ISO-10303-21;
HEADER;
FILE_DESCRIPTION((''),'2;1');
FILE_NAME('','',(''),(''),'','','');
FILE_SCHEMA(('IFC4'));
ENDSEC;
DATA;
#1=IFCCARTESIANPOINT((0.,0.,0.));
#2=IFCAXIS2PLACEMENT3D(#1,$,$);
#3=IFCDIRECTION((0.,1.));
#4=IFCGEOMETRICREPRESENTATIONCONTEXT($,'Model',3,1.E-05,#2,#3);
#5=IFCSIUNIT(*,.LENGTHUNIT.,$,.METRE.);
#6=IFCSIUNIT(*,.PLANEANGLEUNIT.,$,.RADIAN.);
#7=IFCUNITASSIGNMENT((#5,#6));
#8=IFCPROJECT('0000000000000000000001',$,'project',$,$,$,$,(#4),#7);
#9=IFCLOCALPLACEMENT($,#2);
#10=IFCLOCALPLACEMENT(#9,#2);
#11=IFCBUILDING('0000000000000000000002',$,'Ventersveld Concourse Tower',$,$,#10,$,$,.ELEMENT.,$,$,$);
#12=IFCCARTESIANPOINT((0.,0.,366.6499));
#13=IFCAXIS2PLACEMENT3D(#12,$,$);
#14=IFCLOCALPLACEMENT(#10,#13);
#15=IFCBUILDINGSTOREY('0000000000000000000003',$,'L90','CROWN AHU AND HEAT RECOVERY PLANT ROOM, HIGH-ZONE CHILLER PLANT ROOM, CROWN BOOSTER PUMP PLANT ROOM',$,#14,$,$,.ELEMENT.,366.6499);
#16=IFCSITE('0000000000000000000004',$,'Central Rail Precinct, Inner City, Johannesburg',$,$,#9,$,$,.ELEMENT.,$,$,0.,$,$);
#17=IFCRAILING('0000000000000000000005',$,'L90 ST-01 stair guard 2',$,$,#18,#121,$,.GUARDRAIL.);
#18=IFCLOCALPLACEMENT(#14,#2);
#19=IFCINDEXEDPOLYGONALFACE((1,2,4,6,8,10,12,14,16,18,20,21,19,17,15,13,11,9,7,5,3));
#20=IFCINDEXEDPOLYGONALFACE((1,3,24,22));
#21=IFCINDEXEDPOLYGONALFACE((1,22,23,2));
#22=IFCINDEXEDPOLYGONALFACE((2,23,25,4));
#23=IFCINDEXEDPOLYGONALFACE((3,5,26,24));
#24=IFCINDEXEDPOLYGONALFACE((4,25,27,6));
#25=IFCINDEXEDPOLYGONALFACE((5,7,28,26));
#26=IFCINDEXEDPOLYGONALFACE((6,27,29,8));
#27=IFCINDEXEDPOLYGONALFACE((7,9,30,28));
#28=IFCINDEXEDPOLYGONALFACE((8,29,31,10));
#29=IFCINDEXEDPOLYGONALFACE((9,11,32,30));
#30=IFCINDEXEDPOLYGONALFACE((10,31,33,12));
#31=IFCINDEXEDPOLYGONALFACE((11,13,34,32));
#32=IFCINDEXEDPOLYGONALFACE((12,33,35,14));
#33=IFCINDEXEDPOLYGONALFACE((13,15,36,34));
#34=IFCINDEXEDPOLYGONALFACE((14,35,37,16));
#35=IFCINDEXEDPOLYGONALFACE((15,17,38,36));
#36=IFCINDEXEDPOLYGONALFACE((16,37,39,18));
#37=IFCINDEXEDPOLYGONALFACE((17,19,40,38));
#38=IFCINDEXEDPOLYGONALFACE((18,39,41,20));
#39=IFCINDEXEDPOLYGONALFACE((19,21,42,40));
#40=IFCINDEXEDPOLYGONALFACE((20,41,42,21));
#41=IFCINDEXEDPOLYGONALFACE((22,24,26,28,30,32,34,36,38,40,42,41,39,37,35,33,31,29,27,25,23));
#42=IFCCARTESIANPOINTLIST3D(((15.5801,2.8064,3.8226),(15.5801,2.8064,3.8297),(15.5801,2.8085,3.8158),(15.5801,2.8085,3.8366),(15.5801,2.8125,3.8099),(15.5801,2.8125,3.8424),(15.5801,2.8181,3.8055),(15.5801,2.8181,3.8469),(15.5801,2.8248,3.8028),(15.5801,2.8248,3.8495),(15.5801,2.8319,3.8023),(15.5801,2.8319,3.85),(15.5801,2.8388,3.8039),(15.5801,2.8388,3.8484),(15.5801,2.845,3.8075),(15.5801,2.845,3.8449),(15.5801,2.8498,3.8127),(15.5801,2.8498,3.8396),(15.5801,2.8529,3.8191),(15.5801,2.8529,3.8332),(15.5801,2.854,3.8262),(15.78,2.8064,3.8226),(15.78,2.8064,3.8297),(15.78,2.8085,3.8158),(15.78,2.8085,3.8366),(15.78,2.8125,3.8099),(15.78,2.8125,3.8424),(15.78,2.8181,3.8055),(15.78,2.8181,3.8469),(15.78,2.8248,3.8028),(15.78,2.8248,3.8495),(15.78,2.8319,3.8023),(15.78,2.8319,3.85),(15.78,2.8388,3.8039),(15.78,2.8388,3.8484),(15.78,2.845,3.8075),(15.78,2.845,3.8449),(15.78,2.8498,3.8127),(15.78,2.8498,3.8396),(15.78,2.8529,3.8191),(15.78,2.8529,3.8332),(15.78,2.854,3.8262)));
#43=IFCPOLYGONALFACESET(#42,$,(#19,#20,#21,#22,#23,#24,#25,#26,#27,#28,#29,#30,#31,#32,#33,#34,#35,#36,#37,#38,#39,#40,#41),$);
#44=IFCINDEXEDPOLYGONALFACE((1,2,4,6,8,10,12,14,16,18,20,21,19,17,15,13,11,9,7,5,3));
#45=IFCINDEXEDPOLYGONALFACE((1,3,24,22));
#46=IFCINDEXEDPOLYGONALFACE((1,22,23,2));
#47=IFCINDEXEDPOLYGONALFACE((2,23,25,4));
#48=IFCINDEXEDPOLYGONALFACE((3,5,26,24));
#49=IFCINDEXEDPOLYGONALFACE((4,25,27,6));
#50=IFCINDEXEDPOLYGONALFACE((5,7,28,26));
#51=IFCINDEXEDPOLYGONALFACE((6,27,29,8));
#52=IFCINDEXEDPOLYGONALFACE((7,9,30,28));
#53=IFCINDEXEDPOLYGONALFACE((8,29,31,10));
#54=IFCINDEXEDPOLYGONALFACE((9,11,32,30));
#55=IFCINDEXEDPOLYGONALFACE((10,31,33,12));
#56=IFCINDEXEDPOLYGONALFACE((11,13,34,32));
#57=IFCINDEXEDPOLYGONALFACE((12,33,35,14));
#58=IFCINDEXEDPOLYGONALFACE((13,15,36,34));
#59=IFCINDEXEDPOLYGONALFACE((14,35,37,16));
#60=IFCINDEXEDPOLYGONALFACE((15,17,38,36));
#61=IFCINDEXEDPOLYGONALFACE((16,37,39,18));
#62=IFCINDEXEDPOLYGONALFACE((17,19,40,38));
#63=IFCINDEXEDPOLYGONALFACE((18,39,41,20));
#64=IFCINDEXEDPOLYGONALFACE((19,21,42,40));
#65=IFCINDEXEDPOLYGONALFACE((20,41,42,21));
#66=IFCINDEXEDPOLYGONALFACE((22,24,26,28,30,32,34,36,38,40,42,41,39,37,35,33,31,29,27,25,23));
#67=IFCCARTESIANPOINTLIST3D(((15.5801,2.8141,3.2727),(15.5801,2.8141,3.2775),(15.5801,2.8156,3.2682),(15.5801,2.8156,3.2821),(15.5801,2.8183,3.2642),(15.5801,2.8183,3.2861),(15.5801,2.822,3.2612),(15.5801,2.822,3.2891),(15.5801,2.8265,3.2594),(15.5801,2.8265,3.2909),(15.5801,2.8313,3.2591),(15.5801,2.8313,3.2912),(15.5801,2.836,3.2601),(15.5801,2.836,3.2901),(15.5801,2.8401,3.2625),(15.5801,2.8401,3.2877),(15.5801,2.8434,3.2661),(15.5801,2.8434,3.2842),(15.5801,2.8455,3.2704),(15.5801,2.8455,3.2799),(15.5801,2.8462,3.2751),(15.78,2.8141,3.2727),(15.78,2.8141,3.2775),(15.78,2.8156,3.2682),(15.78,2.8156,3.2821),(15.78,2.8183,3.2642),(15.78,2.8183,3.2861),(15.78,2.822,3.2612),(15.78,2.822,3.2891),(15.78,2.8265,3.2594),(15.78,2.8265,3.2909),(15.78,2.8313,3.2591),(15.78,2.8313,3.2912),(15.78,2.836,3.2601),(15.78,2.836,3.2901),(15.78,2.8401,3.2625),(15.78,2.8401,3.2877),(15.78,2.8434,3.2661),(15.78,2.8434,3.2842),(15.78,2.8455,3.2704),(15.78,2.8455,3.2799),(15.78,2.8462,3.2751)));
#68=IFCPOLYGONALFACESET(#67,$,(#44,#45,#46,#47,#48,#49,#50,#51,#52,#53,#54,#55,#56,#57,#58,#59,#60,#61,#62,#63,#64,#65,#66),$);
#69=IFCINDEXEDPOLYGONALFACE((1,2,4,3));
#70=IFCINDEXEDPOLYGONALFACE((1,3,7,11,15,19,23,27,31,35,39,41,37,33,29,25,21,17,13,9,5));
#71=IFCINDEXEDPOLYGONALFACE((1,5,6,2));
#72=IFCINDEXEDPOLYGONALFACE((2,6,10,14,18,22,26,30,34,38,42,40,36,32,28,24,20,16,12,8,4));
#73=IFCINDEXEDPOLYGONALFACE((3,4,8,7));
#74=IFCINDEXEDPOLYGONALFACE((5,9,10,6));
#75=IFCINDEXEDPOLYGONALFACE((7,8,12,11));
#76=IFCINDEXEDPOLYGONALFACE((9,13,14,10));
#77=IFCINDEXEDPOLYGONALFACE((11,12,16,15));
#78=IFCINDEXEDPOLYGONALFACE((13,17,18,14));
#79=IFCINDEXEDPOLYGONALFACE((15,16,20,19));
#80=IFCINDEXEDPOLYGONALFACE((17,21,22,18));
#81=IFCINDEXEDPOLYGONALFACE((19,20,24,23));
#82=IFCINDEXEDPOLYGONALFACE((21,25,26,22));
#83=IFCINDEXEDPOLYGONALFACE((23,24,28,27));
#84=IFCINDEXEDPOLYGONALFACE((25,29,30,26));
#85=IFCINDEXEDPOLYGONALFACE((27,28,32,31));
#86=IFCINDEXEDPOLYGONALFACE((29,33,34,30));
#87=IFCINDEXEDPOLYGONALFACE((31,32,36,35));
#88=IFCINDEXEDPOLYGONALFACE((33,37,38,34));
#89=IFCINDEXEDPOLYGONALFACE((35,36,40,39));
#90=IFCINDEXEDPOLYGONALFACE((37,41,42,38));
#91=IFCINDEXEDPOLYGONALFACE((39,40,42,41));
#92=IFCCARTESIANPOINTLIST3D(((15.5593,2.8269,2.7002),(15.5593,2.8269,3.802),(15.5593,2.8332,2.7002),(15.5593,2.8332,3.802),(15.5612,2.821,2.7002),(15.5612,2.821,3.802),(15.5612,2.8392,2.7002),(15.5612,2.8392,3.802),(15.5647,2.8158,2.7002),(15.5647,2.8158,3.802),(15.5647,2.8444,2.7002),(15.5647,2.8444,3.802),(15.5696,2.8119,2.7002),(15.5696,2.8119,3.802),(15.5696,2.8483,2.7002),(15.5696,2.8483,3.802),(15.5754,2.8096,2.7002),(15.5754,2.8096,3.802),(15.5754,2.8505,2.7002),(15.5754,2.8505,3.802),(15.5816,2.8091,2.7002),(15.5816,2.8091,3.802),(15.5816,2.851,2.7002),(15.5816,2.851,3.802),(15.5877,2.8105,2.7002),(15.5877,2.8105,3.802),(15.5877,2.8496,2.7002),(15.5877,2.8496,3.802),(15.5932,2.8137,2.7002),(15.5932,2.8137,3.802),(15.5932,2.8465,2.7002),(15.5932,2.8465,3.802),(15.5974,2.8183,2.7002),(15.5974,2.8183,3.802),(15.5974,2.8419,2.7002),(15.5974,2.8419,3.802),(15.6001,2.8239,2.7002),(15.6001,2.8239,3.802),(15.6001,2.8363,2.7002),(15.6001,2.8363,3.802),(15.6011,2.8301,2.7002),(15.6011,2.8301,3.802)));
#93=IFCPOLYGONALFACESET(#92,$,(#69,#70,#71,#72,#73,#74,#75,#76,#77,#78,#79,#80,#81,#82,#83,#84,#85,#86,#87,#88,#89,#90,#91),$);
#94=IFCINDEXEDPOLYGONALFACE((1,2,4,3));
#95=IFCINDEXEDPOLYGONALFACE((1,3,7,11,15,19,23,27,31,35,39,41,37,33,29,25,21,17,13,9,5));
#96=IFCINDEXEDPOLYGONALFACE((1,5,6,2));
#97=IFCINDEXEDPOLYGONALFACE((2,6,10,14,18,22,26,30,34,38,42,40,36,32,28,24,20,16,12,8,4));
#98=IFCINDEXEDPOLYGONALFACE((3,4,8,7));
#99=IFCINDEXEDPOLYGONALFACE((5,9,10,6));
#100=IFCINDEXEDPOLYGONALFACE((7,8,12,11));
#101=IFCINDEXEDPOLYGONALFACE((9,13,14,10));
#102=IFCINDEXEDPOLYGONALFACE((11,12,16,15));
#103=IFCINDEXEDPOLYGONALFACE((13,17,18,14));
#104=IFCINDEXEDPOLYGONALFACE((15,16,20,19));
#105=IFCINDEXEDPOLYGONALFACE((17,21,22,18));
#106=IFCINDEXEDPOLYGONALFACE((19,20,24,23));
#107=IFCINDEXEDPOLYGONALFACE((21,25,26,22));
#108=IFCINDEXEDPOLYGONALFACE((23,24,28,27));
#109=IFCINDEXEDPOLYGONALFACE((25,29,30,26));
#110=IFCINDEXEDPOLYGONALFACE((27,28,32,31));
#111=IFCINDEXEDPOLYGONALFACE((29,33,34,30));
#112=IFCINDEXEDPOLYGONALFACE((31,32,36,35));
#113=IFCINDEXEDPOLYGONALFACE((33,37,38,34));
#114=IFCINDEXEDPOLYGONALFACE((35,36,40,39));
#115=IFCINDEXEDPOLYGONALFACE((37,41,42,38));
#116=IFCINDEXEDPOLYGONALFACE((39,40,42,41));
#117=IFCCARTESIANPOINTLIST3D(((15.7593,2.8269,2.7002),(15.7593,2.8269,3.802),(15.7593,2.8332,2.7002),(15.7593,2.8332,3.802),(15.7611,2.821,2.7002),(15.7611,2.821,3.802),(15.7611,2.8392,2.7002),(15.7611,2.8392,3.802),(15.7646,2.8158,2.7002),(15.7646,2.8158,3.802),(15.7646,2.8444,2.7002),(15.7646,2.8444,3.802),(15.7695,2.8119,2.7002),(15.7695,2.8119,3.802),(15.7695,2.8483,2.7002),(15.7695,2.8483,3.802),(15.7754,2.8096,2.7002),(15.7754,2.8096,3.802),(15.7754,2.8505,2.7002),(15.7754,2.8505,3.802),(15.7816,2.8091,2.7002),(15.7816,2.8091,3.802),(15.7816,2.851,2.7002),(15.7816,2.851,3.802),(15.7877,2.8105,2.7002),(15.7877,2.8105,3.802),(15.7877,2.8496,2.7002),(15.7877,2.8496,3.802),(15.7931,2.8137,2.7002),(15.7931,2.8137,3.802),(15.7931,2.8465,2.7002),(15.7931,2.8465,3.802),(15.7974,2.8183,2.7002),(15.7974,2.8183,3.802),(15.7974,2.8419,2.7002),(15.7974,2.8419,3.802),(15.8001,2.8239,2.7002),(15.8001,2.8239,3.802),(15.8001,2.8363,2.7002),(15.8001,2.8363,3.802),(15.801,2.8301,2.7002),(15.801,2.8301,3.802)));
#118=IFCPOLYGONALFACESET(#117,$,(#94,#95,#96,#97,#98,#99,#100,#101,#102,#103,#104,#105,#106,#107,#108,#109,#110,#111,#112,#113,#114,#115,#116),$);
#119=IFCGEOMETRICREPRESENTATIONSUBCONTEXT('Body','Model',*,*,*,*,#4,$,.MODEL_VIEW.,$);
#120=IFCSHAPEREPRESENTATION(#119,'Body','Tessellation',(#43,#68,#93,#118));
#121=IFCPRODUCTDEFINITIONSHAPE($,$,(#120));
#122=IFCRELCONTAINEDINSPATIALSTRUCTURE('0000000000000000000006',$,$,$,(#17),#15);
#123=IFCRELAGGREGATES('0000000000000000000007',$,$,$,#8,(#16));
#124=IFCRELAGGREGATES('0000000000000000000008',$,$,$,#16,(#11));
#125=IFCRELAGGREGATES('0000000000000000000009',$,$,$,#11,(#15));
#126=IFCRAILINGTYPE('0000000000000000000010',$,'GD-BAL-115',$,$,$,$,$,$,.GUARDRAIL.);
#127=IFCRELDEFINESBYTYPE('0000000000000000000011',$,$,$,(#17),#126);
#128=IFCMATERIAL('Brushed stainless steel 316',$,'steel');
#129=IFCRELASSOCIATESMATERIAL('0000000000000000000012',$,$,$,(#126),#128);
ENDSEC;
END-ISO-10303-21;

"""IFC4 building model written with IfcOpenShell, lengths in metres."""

from ifc_helpers import new_model, si_unit, direction, frame, origin, origin_2d, place, context, subcontext, project, spatial, circle, extrude, material, type_object, element, save


model = new_model("IFC4")

# Units and contexts
model_context = context("Model", 3, precision=1e-05, world=origin(), true_north=direction((0.0, 1.0)))
body_context = subcontext(model_context, "Body", "Model", "MODEL_VIEW")
ifc_project = project(units=[si_unit("LENGTHUNIT", "METRE"), si_unit("PLANEANGLEUNIT", "RADIAN")], contexts=[model_context])

# Site, building, storey
site_placement = place(None, origin())
site = spatial("IfcSite", under=ifc_project, at=site_placement, Name="Central Rail Precinct, Inner City, Johannesburg", CompositionType="ELEMENT", RefElevation=0.0)
building_placement = place(site_placement, origin())
building = spatial("IfcBuilding", under=site, at=building_placement, Name="Ventersveld Concourse Tower", CompositionType="ELEMENT")
storey_placement = place(building_placement, frame((0.0, 0.0, 366.6499)))
storey = spatial("IfcBuildingStorey", under=building, at=storey_placement, Name="L90", Description="CROWN AHU AND HEAT RECOVERY PLANT ROOM, HIGH-ZONE CHILLER PLANT ROOM, CROWN BOOSTER PUMP PLANT ROOM", CompositionType="ELEMENT", Elevation=366.6499)

# Shared definitions
ifc_material_1 = material(Name="Brushed stainless steel 316", Category="steel")

# Railing
railing_type_1 = type_object("IfcRailingType", Name="GD-BAL-115", PredefinedType="GUARDRAIL", material=ifc_material_1)
railing_1_placement = place(storey_placement, frame((15.5801, 2.8301, 2.7002)))
element("IfcRailing", 1, at=railing_1_placement, inside=storey, type_object=railing_type_1, Name="L90 ST-01 stair guard 2", PredefinedType="GUARDRAIL", context=body_context, shape_type="SweptSolid", body=[
    extrude(circle(Radius=0.0239, at=origin_2d()), frame((0.0, 0.0, 1.126), z_axis=(1.0, 0.0, 0.0), x_axis=(0.0, 1.0, 0.0)), (0.0, 0.0, 1.0), 0.2),
    extrude(circle(Radius=0.0161, at=origin_2d()), frame((0.0, 0.0, 0.575), z_axis=(1.0, 0.0, 0.0), x_axis=(0.0, 1.0, 0.0)), (0.0, 0.0, 1.0), 0.2),
    extrude(circle(Radius=0.021, at=origin_2d()), origin(), (0.0, 0.0, 1.0), 1.1018),
    extrude(circle(Radius=0.021, at=origin_2d()), frame((0.2, 0.0, 0.0)), (0.0, 0.0, 1.0), 1.1018),
])

save(model, "model.ifc")
